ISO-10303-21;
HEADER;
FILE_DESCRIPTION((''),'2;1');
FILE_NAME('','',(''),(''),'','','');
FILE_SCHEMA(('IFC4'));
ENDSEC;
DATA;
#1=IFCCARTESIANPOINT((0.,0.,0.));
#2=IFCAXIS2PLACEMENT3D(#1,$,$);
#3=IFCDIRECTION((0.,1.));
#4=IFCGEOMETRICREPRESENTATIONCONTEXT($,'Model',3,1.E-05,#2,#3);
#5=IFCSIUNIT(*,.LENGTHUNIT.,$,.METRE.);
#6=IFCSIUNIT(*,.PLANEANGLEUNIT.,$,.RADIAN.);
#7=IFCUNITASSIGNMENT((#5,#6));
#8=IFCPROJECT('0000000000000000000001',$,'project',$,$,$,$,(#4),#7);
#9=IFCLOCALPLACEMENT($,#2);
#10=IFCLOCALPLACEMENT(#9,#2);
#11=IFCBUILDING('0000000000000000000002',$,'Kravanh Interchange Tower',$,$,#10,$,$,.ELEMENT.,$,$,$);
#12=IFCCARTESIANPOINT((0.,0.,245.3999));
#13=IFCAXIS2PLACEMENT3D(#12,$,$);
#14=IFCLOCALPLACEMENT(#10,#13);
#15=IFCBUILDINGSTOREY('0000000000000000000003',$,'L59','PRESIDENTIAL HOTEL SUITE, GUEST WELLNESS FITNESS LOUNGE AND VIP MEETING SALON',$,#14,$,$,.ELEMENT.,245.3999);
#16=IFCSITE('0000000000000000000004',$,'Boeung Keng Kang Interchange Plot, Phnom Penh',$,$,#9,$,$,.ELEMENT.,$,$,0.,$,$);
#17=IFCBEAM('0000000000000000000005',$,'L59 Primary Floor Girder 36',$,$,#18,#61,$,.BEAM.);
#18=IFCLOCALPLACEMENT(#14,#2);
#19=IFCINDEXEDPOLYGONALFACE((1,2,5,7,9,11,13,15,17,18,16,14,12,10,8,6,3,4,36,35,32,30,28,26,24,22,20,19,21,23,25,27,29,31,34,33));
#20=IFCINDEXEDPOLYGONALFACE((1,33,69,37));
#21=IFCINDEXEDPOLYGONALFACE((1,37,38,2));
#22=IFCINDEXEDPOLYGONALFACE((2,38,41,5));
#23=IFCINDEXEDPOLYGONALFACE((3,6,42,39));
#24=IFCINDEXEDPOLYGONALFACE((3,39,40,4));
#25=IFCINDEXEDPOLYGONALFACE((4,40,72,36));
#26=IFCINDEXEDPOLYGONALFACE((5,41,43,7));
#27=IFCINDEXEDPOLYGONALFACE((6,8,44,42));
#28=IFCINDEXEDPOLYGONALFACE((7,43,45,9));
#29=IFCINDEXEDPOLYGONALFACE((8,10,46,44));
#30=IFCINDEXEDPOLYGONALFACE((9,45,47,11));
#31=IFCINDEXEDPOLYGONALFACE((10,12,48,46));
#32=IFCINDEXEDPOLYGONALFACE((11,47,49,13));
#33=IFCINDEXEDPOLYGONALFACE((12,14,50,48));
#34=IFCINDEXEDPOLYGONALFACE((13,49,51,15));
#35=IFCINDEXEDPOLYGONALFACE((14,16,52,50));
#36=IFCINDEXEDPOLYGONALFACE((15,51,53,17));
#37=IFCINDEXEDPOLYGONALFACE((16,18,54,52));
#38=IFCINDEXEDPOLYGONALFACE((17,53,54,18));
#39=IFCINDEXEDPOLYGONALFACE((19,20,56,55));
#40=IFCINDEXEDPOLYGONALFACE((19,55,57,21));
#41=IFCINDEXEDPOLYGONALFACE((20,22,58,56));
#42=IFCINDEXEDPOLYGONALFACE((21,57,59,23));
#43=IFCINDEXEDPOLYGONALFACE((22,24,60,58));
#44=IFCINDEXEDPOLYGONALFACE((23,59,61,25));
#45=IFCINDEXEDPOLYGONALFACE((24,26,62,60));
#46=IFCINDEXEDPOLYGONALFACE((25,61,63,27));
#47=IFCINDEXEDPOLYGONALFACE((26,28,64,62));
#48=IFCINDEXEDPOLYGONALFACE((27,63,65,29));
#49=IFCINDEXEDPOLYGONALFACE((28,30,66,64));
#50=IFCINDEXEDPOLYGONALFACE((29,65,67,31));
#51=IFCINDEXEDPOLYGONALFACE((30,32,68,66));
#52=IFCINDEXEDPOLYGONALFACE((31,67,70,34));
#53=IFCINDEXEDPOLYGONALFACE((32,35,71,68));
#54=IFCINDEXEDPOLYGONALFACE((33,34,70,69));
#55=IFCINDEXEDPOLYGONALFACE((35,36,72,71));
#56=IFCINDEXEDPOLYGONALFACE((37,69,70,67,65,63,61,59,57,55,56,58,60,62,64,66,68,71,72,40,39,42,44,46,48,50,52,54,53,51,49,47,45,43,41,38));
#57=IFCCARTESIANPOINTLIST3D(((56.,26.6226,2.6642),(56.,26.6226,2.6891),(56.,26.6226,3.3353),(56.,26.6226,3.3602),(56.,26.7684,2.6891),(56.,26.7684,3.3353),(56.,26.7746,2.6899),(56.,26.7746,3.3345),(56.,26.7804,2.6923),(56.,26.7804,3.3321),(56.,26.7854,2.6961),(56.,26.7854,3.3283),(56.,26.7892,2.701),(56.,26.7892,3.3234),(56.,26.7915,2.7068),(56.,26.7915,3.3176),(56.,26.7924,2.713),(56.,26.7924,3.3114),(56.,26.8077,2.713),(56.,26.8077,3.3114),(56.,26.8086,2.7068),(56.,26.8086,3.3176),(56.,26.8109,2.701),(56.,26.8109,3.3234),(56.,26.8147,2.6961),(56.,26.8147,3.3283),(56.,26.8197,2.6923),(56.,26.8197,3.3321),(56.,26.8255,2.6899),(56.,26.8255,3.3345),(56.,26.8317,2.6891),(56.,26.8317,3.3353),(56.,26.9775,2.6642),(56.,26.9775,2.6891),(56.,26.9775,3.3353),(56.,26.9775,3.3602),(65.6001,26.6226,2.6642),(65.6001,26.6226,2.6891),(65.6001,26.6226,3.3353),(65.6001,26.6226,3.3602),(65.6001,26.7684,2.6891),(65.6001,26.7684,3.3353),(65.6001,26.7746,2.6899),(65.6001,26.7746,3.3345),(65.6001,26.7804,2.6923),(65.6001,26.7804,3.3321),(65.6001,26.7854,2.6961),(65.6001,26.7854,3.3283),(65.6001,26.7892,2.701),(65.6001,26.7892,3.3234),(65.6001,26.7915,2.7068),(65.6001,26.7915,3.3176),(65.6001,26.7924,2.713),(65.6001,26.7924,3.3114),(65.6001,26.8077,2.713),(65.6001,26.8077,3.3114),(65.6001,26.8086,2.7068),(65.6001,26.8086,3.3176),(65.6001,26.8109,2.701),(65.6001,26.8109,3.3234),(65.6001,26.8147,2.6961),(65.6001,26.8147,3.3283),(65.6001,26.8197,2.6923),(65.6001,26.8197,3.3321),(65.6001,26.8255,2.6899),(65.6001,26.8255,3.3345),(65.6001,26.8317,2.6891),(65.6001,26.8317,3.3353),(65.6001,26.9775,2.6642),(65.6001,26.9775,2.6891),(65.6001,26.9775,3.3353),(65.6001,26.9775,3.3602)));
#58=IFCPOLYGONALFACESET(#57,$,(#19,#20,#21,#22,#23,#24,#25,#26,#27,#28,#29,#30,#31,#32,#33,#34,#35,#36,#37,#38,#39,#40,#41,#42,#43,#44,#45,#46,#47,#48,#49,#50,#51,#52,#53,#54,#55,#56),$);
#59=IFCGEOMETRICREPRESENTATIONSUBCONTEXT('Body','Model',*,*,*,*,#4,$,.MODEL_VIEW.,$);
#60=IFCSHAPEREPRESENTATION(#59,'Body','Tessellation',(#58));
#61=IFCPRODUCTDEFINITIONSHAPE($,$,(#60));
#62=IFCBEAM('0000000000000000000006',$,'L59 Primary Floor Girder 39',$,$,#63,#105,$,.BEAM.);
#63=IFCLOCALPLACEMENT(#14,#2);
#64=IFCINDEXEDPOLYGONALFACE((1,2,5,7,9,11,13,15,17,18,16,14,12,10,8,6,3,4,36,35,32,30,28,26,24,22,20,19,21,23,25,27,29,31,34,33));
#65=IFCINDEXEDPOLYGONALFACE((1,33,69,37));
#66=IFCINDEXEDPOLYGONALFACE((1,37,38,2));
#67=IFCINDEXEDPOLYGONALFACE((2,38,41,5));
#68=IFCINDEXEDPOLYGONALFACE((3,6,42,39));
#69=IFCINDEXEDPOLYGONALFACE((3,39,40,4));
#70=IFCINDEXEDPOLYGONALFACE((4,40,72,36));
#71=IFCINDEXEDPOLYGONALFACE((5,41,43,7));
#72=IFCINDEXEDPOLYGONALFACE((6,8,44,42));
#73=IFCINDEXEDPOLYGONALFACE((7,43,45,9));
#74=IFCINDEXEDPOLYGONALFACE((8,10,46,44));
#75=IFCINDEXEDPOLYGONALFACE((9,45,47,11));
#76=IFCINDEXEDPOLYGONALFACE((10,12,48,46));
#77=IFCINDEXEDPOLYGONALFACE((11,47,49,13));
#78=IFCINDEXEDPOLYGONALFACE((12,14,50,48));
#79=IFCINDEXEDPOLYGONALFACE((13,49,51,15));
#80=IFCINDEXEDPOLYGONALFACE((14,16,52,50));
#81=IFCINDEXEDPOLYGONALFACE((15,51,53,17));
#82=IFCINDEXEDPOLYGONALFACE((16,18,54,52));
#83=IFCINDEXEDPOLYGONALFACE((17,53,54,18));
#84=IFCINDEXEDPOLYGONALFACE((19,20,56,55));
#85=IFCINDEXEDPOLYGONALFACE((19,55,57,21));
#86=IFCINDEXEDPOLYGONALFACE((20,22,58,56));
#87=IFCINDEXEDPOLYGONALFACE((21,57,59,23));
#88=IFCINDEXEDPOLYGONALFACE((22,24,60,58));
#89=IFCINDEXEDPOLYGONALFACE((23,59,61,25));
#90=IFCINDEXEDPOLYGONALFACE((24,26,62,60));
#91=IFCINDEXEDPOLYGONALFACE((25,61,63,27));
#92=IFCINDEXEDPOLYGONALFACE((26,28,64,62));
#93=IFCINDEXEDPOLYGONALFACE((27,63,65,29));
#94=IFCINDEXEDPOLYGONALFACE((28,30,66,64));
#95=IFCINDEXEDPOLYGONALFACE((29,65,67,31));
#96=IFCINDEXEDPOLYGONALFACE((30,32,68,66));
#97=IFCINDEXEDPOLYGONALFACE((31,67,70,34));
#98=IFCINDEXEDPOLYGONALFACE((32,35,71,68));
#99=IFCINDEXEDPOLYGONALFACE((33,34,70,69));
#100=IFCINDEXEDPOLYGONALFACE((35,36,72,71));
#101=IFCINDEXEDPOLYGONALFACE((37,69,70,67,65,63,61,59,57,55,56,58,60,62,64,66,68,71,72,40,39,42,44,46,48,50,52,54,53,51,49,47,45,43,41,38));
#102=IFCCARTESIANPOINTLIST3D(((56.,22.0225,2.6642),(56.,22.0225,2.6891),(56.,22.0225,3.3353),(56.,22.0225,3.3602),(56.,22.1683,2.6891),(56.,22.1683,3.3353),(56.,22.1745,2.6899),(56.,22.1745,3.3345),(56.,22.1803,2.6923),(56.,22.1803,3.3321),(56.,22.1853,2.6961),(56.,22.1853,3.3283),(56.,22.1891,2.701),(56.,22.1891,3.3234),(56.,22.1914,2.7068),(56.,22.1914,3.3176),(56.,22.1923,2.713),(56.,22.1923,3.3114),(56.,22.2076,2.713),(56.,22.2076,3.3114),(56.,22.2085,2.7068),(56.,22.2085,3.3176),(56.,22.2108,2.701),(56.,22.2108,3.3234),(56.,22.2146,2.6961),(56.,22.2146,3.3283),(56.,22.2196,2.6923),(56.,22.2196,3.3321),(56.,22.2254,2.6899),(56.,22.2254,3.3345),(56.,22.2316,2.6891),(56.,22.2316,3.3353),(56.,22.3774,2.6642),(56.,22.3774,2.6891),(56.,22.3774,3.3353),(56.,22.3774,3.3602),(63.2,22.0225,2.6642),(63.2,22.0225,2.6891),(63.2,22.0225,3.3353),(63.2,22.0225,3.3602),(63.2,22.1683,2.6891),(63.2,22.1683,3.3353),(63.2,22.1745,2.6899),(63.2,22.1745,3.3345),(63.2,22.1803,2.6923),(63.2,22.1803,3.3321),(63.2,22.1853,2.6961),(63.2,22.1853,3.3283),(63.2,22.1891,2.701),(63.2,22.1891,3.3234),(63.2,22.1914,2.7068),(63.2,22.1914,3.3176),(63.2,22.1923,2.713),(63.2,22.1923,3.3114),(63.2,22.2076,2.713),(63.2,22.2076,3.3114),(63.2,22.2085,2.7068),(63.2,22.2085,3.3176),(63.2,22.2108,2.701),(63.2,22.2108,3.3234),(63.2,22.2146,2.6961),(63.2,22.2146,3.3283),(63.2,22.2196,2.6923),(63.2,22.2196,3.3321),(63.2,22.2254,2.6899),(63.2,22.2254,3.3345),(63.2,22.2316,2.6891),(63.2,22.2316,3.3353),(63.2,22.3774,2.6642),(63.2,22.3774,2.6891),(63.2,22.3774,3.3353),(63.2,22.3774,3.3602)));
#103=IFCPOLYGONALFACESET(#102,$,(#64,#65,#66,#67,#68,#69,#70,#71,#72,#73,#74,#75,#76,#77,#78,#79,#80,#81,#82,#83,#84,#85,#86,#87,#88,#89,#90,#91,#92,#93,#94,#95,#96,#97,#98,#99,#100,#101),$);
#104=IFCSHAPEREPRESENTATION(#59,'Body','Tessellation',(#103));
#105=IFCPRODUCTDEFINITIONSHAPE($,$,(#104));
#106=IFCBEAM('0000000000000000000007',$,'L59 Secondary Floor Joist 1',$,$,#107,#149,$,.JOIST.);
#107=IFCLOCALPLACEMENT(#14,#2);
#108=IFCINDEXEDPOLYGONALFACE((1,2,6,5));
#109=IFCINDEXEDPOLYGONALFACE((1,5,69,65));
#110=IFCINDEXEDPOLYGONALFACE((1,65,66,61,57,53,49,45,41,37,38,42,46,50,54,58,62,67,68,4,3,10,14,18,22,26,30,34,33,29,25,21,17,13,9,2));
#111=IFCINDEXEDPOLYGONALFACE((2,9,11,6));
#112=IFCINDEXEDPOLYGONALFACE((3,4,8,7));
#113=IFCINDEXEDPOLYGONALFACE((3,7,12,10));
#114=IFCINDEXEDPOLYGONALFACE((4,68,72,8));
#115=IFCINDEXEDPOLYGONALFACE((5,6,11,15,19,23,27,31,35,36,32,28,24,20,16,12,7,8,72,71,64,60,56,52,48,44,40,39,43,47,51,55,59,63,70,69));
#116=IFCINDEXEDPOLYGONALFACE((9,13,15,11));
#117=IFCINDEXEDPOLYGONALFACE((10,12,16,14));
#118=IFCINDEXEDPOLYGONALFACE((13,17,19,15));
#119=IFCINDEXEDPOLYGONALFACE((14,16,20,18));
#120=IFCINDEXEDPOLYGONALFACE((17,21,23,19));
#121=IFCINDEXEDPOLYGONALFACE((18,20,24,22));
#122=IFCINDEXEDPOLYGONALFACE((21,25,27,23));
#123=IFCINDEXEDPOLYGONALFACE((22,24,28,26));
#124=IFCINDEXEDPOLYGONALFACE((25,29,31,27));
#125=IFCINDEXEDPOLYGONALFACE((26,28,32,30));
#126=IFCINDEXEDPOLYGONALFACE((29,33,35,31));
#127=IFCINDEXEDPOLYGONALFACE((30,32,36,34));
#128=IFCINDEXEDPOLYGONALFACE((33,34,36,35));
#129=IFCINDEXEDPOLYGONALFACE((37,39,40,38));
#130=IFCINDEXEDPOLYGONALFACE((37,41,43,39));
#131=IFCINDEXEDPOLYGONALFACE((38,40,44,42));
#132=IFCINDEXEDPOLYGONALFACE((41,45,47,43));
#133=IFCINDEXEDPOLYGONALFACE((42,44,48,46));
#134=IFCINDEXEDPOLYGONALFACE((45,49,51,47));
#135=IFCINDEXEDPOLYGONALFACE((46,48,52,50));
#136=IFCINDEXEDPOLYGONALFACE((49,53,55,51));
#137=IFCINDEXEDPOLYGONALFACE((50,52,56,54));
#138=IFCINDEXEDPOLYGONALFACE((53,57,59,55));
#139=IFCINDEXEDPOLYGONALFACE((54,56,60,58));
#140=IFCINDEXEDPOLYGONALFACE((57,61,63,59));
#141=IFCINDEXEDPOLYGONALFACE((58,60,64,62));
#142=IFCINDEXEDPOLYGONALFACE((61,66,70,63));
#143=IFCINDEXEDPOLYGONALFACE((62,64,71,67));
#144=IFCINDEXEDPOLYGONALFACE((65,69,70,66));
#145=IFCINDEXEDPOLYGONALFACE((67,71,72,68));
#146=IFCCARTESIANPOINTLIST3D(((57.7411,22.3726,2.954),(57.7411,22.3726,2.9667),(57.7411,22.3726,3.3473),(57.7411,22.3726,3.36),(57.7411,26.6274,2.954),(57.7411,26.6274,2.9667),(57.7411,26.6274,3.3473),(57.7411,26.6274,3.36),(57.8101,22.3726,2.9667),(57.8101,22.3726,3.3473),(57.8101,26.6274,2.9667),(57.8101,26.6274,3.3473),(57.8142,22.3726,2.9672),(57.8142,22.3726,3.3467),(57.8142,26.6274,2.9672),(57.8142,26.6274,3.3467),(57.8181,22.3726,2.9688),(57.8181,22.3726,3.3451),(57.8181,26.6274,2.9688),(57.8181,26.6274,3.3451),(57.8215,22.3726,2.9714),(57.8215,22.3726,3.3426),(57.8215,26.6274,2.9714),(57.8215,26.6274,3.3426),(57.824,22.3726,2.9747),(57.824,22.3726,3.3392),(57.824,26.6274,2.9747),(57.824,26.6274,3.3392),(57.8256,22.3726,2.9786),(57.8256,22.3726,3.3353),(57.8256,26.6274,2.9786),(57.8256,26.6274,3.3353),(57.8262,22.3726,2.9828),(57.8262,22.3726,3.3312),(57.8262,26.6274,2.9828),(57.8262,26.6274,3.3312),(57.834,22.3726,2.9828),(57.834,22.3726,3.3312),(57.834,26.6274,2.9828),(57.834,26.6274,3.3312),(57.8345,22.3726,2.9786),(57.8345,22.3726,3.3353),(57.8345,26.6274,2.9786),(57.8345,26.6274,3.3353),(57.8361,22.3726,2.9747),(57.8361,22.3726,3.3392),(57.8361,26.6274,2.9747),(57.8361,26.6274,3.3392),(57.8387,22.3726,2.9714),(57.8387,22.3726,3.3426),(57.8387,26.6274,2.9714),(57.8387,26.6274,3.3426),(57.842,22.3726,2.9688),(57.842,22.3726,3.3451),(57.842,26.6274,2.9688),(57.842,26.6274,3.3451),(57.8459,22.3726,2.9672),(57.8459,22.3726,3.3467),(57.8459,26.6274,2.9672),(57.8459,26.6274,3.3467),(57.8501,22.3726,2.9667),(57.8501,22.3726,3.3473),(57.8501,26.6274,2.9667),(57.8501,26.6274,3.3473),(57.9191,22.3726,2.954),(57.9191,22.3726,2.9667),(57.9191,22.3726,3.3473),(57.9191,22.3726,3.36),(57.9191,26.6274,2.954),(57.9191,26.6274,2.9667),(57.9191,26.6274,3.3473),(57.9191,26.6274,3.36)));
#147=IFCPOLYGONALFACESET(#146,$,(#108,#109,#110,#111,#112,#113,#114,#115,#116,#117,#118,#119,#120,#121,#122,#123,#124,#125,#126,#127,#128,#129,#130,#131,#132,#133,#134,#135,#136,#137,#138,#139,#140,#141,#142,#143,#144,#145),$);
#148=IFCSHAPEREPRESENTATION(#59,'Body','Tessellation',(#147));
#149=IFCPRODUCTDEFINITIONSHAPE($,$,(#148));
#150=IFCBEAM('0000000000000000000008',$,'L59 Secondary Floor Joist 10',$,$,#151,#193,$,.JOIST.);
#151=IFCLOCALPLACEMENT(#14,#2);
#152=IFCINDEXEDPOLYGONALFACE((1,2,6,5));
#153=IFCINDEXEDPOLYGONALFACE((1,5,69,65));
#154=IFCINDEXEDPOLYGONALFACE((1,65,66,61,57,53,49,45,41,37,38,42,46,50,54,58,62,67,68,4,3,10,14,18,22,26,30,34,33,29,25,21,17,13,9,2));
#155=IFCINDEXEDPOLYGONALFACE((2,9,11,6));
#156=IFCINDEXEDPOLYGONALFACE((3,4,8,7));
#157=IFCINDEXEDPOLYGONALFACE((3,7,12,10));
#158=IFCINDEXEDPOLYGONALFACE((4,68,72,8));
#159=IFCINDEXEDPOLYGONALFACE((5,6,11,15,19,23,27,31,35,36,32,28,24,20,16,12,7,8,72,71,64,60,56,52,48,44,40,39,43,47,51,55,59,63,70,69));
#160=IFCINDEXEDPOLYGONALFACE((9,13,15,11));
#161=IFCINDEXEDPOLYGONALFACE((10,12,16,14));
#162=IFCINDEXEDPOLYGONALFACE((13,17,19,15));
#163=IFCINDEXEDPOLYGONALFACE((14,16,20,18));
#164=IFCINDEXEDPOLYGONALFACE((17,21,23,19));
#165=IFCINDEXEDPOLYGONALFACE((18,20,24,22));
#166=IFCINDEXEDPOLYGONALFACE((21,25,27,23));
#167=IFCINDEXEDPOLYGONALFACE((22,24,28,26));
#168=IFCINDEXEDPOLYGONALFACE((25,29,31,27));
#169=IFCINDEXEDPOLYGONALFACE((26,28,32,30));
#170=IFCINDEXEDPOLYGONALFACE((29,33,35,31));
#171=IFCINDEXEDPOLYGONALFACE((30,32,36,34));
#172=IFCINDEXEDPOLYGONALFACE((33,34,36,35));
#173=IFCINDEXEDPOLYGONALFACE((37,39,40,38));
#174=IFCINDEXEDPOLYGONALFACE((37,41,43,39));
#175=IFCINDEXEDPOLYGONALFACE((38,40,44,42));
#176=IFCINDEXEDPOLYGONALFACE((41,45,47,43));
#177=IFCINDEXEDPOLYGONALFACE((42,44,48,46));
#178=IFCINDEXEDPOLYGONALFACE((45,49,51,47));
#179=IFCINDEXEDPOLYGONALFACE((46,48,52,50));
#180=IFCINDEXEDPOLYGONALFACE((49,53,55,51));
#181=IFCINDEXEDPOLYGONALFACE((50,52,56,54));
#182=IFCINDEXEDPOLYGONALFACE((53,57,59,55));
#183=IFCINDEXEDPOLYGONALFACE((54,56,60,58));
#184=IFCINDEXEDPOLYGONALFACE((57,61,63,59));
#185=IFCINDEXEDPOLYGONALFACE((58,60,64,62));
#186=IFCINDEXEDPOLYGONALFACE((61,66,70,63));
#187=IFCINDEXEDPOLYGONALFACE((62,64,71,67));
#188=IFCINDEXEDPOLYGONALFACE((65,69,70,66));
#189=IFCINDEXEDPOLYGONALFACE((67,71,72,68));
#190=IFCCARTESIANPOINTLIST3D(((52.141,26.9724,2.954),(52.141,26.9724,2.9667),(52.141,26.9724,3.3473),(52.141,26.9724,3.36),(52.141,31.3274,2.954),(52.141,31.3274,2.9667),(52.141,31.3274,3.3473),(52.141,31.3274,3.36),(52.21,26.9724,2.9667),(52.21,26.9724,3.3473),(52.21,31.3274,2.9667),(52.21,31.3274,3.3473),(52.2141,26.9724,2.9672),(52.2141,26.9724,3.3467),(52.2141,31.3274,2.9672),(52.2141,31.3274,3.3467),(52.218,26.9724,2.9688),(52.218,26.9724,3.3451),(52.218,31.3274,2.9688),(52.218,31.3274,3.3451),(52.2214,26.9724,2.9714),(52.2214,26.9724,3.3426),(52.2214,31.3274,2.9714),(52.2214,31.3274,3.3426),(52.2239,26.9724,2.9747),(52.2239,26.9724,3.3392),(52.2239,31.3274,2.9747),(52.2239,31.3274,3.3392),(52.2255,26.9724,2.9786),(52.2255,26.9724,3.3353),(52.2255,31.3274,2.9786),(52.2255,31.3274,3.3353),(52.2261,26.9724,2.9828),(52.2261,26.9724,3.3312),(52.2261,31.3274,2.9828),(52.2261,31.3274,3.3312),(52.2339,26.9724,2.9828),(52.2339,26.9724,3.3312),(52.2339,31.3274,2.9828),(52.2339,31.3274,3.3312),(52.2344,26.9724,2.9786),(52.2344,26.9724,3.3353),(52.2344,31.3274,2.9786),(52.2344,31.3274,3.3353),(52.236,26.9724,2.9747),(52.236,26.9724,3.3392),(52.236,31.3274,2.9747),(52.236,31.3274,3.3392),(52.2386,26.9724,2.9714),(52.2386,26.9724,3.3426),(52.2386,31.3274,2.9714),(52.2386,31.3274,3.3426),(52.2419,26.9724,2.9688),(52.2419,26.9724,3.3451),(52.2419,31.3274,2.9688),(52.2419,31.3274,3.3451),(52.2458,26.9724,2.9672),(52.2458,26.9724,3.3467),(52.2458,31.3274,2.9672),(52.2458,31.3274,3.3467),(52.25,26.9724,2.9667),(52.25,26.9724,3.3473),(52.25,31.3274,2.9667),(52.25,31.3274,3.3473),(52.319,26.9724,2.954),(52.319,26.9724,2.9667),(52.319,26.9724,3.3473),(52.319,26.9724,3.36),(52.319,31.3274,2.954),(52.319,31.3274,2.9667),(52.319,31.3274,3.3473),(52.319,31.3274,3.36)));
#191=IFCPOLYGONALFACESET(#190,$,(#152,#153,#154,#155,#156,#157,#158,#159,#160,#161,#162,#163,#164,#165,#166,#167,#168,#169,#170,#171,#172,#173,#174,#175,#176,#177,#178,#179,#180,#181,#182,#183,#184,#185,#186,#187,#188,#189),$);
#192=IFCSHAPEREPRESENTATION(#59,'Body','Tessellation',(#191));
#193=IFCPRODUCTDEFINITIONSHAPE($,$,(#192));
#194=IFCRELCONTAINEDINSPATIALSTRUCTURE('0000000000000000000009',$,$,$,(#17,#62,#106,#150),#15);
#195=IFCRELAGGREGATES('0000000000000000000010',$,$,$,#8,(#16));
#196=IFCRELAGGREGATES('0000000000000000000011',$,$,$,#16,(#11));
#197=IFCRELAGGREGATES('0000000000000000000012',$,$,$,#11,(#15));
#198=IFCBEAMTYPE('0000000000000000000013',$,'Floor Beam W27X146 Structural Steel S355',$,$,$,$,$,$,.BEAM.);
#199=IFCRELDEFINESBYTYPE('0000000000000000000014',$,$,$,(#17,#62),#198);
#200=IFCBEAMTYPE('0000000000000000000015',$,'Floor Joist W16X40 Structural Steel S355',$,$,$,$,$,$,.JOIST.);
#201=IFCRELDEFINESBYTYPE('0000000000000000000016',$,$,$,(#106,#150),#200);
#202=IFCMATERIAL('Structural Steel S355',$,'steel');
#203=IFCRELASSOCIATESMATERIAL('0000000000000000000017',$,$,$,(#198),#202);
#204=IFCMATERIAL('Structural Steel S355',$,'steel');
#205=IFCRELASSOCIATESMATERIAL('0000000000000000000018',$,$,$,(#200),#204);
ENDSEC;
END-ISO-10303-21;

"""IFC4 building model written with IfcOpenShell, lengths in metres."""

from ifc_helpers import new_model, si_unit, direction, frame, origin, origin_2d, place, context, subcontext, project, spatial, i_section, extrude, material, material_profile, profile_set, type_object, element, save


model = new_model("IFC4")

# Units and contexts
model_context = context("Model", 3, precision=1e-05, world=origin(), true_north=direction((0.0, 1.0)))
body_context = subcontext(model_context, "Body", "Model", "MODEL_VIEW")
ifc_project = project(units=[si_unit("LENGTHUNIT", "METRE"), si_unit("PLANEANGLEUNIT", "RADIAN")], contexts=[model_context])

# Site, building, storey
site_placement = place(None, origin())
site = spatial("IfcSite", under=ifc_project, at=site_placement, Name="Boeung Keng Kang Interchange Plot, Phnom Penh", CompositionType="ELEMENT", RefElevation=0.0)
building_placement = place(site_placement, origin())
building = spatial("IfcBuilding", under=site, at=building_placement, Name="Kravanh Interchange Tower", CompositionType="ELEMENT")
storey_placement = place(building_placement, frame((0.0, 0.0, 245.3999)))
storey = spatial("IfcBuildingStorey", under=building, at=storey_placement, Name="L59", Description="PRESIDENTIAL HOTEL SUITE, GUEST WELLNESS FITNESS LOUNGE AND VIP MEETING SALON", CompositionType="ELEMENT", Elevation=245.3999)

# Beams
ifc_material_1 = material(Name="Structural Steel S355", Category="steel")
ifc_material_profile_1 = material_profile(ifc_material_1, i_section(OverallWidth=0.355, OverallDepth=0.696, WebThickness=0.0154, FlangeThickness=0.0249, FilletRadius=0.0239, at=origin_2d()), Name="W27X146")
ifc_profile_set_1 = profile_set([ifc_material_profile_1], Name="Structural Steel S355")
beam_type_1 = type_object("IfcBeamType", Name="Floor Beam W27X146 Structural Steel S355", PredefinedType="BEAM", material=ifc_profile_set_1)
beam_1_placement = place(storey_placement, frame((56.0, 26.8, 3.0122), z_axis=(1.0, 0.0, 0.0), x_axis=(0.0, 1.0, 0.0)))
element("IfcBeam", 1, at=beam_1_placement, inside=storey, type_object=beam_type_1, Name="L59 Primary Floor Girder 36", PredefinedType="BEAM", context=body_context, shape_type="SweptSolid", body=[
    extrude(i_section(OverallWidth=0.355, OverallDepth=0.696, WebThickness=0.0154, FlangeThickness=0.0249, FilletRadius=0.0239, at=origin_2d()), origin(), (0.0, 0.0, 1.0), 9.6001),
])
beam_2_placement = place(storey_placement, frame((56.0, 22.2, 3.0122), z_axis=(1.0, 0.0, 0.0), x_axis=(0.0, 1.0, 0.0)))
element("IfcBeam", 2, at=beam_2_placement, inside=storey, type_object=beam_type_1, Name="L59 Primary Floor Girder 39", PredefinedType="BEAM", context=body_context, shape_type="SweptSolid", body=[
    extrude(i_section(OverallWidth=0.355, OverallDepth=0.696, WebThickness=0.0154, FlangeThickness=0.0249, FilletRadius=0.0239, at=origin_2d()), origin(), (0.0, 0.0, 1.0), 7.2),
])
ifc_material_2 = material(Name="Structural Steel S355", Category="steel")
ifc_material_profile_2 = material_profile(ifc_material_2, i_section(OverallWidth=0.178, OverallDepth=0.406, WebThickness=0.0078, FlangeThickness=0.0127, FilletRadius=0.0161, at=origin_2d()), Name="W16X40")
ifc_profile_set_2 = profile_set([ifc_material_profile_2], Name="Structural Steel S355")
beam_type_2 = type_object("IfcBeamType", Name="Floor Joist W16X40 Structural Steel S355", PredefinedType="JOIST", material=ifc_profile_set_2)
beam_3_placement = place(storey_placement, frame((57.8301, 22.3726, 3.157), z_axis=(0.0, 1.0, 0.0), x_axis=(-1.0, 0.0, 0.0)))
element("IfcBeam", 3, at=beam_3_placement, inside=storey, type_object=beam_type_2, Name="L59 Secondary Floor Joist 1", PredefinedType="JOIST", context=body_context, shape_type="SweptSolid", body=[
    extrude(i_section(OverallWidth=0.178, OverallDepth=0.406, WebThickness=0.0078, FlangeThickness=0.0127, FilletRadius=0.0161, at=origin_2d()), origin(), (0.0, 0.0, 1.0), 4.2549),
])
for number, where, z_axis, x_axis, name in (
    (4, (52.23, 26.9724, 3.157), (0.0, 1.0, 0.0), (-1.0, 0.0, 0.0), "L59 Secondary Floor Joist 10"),
):
    element("IfcBeam", number, at=place(storey_placement, frame(where, z_axis=z_axis, x_axis=x_axis)), inside=storey, type_object=beam_type_2, Name=name, PredefinedType="JOIST", context=body_context, shape_type="SweptSolid", body=[
        extrude(i_section(OverallWidth=0.178, OverallDepth=0.406, WebThickness=0.0078, FlangeThickness=0.0127, FilletRadius=0.0161, at=origin_2d()), origin(), (0.0, 0.0, 1.0), 4.355),
    ])

save(model, "model.ifc")
